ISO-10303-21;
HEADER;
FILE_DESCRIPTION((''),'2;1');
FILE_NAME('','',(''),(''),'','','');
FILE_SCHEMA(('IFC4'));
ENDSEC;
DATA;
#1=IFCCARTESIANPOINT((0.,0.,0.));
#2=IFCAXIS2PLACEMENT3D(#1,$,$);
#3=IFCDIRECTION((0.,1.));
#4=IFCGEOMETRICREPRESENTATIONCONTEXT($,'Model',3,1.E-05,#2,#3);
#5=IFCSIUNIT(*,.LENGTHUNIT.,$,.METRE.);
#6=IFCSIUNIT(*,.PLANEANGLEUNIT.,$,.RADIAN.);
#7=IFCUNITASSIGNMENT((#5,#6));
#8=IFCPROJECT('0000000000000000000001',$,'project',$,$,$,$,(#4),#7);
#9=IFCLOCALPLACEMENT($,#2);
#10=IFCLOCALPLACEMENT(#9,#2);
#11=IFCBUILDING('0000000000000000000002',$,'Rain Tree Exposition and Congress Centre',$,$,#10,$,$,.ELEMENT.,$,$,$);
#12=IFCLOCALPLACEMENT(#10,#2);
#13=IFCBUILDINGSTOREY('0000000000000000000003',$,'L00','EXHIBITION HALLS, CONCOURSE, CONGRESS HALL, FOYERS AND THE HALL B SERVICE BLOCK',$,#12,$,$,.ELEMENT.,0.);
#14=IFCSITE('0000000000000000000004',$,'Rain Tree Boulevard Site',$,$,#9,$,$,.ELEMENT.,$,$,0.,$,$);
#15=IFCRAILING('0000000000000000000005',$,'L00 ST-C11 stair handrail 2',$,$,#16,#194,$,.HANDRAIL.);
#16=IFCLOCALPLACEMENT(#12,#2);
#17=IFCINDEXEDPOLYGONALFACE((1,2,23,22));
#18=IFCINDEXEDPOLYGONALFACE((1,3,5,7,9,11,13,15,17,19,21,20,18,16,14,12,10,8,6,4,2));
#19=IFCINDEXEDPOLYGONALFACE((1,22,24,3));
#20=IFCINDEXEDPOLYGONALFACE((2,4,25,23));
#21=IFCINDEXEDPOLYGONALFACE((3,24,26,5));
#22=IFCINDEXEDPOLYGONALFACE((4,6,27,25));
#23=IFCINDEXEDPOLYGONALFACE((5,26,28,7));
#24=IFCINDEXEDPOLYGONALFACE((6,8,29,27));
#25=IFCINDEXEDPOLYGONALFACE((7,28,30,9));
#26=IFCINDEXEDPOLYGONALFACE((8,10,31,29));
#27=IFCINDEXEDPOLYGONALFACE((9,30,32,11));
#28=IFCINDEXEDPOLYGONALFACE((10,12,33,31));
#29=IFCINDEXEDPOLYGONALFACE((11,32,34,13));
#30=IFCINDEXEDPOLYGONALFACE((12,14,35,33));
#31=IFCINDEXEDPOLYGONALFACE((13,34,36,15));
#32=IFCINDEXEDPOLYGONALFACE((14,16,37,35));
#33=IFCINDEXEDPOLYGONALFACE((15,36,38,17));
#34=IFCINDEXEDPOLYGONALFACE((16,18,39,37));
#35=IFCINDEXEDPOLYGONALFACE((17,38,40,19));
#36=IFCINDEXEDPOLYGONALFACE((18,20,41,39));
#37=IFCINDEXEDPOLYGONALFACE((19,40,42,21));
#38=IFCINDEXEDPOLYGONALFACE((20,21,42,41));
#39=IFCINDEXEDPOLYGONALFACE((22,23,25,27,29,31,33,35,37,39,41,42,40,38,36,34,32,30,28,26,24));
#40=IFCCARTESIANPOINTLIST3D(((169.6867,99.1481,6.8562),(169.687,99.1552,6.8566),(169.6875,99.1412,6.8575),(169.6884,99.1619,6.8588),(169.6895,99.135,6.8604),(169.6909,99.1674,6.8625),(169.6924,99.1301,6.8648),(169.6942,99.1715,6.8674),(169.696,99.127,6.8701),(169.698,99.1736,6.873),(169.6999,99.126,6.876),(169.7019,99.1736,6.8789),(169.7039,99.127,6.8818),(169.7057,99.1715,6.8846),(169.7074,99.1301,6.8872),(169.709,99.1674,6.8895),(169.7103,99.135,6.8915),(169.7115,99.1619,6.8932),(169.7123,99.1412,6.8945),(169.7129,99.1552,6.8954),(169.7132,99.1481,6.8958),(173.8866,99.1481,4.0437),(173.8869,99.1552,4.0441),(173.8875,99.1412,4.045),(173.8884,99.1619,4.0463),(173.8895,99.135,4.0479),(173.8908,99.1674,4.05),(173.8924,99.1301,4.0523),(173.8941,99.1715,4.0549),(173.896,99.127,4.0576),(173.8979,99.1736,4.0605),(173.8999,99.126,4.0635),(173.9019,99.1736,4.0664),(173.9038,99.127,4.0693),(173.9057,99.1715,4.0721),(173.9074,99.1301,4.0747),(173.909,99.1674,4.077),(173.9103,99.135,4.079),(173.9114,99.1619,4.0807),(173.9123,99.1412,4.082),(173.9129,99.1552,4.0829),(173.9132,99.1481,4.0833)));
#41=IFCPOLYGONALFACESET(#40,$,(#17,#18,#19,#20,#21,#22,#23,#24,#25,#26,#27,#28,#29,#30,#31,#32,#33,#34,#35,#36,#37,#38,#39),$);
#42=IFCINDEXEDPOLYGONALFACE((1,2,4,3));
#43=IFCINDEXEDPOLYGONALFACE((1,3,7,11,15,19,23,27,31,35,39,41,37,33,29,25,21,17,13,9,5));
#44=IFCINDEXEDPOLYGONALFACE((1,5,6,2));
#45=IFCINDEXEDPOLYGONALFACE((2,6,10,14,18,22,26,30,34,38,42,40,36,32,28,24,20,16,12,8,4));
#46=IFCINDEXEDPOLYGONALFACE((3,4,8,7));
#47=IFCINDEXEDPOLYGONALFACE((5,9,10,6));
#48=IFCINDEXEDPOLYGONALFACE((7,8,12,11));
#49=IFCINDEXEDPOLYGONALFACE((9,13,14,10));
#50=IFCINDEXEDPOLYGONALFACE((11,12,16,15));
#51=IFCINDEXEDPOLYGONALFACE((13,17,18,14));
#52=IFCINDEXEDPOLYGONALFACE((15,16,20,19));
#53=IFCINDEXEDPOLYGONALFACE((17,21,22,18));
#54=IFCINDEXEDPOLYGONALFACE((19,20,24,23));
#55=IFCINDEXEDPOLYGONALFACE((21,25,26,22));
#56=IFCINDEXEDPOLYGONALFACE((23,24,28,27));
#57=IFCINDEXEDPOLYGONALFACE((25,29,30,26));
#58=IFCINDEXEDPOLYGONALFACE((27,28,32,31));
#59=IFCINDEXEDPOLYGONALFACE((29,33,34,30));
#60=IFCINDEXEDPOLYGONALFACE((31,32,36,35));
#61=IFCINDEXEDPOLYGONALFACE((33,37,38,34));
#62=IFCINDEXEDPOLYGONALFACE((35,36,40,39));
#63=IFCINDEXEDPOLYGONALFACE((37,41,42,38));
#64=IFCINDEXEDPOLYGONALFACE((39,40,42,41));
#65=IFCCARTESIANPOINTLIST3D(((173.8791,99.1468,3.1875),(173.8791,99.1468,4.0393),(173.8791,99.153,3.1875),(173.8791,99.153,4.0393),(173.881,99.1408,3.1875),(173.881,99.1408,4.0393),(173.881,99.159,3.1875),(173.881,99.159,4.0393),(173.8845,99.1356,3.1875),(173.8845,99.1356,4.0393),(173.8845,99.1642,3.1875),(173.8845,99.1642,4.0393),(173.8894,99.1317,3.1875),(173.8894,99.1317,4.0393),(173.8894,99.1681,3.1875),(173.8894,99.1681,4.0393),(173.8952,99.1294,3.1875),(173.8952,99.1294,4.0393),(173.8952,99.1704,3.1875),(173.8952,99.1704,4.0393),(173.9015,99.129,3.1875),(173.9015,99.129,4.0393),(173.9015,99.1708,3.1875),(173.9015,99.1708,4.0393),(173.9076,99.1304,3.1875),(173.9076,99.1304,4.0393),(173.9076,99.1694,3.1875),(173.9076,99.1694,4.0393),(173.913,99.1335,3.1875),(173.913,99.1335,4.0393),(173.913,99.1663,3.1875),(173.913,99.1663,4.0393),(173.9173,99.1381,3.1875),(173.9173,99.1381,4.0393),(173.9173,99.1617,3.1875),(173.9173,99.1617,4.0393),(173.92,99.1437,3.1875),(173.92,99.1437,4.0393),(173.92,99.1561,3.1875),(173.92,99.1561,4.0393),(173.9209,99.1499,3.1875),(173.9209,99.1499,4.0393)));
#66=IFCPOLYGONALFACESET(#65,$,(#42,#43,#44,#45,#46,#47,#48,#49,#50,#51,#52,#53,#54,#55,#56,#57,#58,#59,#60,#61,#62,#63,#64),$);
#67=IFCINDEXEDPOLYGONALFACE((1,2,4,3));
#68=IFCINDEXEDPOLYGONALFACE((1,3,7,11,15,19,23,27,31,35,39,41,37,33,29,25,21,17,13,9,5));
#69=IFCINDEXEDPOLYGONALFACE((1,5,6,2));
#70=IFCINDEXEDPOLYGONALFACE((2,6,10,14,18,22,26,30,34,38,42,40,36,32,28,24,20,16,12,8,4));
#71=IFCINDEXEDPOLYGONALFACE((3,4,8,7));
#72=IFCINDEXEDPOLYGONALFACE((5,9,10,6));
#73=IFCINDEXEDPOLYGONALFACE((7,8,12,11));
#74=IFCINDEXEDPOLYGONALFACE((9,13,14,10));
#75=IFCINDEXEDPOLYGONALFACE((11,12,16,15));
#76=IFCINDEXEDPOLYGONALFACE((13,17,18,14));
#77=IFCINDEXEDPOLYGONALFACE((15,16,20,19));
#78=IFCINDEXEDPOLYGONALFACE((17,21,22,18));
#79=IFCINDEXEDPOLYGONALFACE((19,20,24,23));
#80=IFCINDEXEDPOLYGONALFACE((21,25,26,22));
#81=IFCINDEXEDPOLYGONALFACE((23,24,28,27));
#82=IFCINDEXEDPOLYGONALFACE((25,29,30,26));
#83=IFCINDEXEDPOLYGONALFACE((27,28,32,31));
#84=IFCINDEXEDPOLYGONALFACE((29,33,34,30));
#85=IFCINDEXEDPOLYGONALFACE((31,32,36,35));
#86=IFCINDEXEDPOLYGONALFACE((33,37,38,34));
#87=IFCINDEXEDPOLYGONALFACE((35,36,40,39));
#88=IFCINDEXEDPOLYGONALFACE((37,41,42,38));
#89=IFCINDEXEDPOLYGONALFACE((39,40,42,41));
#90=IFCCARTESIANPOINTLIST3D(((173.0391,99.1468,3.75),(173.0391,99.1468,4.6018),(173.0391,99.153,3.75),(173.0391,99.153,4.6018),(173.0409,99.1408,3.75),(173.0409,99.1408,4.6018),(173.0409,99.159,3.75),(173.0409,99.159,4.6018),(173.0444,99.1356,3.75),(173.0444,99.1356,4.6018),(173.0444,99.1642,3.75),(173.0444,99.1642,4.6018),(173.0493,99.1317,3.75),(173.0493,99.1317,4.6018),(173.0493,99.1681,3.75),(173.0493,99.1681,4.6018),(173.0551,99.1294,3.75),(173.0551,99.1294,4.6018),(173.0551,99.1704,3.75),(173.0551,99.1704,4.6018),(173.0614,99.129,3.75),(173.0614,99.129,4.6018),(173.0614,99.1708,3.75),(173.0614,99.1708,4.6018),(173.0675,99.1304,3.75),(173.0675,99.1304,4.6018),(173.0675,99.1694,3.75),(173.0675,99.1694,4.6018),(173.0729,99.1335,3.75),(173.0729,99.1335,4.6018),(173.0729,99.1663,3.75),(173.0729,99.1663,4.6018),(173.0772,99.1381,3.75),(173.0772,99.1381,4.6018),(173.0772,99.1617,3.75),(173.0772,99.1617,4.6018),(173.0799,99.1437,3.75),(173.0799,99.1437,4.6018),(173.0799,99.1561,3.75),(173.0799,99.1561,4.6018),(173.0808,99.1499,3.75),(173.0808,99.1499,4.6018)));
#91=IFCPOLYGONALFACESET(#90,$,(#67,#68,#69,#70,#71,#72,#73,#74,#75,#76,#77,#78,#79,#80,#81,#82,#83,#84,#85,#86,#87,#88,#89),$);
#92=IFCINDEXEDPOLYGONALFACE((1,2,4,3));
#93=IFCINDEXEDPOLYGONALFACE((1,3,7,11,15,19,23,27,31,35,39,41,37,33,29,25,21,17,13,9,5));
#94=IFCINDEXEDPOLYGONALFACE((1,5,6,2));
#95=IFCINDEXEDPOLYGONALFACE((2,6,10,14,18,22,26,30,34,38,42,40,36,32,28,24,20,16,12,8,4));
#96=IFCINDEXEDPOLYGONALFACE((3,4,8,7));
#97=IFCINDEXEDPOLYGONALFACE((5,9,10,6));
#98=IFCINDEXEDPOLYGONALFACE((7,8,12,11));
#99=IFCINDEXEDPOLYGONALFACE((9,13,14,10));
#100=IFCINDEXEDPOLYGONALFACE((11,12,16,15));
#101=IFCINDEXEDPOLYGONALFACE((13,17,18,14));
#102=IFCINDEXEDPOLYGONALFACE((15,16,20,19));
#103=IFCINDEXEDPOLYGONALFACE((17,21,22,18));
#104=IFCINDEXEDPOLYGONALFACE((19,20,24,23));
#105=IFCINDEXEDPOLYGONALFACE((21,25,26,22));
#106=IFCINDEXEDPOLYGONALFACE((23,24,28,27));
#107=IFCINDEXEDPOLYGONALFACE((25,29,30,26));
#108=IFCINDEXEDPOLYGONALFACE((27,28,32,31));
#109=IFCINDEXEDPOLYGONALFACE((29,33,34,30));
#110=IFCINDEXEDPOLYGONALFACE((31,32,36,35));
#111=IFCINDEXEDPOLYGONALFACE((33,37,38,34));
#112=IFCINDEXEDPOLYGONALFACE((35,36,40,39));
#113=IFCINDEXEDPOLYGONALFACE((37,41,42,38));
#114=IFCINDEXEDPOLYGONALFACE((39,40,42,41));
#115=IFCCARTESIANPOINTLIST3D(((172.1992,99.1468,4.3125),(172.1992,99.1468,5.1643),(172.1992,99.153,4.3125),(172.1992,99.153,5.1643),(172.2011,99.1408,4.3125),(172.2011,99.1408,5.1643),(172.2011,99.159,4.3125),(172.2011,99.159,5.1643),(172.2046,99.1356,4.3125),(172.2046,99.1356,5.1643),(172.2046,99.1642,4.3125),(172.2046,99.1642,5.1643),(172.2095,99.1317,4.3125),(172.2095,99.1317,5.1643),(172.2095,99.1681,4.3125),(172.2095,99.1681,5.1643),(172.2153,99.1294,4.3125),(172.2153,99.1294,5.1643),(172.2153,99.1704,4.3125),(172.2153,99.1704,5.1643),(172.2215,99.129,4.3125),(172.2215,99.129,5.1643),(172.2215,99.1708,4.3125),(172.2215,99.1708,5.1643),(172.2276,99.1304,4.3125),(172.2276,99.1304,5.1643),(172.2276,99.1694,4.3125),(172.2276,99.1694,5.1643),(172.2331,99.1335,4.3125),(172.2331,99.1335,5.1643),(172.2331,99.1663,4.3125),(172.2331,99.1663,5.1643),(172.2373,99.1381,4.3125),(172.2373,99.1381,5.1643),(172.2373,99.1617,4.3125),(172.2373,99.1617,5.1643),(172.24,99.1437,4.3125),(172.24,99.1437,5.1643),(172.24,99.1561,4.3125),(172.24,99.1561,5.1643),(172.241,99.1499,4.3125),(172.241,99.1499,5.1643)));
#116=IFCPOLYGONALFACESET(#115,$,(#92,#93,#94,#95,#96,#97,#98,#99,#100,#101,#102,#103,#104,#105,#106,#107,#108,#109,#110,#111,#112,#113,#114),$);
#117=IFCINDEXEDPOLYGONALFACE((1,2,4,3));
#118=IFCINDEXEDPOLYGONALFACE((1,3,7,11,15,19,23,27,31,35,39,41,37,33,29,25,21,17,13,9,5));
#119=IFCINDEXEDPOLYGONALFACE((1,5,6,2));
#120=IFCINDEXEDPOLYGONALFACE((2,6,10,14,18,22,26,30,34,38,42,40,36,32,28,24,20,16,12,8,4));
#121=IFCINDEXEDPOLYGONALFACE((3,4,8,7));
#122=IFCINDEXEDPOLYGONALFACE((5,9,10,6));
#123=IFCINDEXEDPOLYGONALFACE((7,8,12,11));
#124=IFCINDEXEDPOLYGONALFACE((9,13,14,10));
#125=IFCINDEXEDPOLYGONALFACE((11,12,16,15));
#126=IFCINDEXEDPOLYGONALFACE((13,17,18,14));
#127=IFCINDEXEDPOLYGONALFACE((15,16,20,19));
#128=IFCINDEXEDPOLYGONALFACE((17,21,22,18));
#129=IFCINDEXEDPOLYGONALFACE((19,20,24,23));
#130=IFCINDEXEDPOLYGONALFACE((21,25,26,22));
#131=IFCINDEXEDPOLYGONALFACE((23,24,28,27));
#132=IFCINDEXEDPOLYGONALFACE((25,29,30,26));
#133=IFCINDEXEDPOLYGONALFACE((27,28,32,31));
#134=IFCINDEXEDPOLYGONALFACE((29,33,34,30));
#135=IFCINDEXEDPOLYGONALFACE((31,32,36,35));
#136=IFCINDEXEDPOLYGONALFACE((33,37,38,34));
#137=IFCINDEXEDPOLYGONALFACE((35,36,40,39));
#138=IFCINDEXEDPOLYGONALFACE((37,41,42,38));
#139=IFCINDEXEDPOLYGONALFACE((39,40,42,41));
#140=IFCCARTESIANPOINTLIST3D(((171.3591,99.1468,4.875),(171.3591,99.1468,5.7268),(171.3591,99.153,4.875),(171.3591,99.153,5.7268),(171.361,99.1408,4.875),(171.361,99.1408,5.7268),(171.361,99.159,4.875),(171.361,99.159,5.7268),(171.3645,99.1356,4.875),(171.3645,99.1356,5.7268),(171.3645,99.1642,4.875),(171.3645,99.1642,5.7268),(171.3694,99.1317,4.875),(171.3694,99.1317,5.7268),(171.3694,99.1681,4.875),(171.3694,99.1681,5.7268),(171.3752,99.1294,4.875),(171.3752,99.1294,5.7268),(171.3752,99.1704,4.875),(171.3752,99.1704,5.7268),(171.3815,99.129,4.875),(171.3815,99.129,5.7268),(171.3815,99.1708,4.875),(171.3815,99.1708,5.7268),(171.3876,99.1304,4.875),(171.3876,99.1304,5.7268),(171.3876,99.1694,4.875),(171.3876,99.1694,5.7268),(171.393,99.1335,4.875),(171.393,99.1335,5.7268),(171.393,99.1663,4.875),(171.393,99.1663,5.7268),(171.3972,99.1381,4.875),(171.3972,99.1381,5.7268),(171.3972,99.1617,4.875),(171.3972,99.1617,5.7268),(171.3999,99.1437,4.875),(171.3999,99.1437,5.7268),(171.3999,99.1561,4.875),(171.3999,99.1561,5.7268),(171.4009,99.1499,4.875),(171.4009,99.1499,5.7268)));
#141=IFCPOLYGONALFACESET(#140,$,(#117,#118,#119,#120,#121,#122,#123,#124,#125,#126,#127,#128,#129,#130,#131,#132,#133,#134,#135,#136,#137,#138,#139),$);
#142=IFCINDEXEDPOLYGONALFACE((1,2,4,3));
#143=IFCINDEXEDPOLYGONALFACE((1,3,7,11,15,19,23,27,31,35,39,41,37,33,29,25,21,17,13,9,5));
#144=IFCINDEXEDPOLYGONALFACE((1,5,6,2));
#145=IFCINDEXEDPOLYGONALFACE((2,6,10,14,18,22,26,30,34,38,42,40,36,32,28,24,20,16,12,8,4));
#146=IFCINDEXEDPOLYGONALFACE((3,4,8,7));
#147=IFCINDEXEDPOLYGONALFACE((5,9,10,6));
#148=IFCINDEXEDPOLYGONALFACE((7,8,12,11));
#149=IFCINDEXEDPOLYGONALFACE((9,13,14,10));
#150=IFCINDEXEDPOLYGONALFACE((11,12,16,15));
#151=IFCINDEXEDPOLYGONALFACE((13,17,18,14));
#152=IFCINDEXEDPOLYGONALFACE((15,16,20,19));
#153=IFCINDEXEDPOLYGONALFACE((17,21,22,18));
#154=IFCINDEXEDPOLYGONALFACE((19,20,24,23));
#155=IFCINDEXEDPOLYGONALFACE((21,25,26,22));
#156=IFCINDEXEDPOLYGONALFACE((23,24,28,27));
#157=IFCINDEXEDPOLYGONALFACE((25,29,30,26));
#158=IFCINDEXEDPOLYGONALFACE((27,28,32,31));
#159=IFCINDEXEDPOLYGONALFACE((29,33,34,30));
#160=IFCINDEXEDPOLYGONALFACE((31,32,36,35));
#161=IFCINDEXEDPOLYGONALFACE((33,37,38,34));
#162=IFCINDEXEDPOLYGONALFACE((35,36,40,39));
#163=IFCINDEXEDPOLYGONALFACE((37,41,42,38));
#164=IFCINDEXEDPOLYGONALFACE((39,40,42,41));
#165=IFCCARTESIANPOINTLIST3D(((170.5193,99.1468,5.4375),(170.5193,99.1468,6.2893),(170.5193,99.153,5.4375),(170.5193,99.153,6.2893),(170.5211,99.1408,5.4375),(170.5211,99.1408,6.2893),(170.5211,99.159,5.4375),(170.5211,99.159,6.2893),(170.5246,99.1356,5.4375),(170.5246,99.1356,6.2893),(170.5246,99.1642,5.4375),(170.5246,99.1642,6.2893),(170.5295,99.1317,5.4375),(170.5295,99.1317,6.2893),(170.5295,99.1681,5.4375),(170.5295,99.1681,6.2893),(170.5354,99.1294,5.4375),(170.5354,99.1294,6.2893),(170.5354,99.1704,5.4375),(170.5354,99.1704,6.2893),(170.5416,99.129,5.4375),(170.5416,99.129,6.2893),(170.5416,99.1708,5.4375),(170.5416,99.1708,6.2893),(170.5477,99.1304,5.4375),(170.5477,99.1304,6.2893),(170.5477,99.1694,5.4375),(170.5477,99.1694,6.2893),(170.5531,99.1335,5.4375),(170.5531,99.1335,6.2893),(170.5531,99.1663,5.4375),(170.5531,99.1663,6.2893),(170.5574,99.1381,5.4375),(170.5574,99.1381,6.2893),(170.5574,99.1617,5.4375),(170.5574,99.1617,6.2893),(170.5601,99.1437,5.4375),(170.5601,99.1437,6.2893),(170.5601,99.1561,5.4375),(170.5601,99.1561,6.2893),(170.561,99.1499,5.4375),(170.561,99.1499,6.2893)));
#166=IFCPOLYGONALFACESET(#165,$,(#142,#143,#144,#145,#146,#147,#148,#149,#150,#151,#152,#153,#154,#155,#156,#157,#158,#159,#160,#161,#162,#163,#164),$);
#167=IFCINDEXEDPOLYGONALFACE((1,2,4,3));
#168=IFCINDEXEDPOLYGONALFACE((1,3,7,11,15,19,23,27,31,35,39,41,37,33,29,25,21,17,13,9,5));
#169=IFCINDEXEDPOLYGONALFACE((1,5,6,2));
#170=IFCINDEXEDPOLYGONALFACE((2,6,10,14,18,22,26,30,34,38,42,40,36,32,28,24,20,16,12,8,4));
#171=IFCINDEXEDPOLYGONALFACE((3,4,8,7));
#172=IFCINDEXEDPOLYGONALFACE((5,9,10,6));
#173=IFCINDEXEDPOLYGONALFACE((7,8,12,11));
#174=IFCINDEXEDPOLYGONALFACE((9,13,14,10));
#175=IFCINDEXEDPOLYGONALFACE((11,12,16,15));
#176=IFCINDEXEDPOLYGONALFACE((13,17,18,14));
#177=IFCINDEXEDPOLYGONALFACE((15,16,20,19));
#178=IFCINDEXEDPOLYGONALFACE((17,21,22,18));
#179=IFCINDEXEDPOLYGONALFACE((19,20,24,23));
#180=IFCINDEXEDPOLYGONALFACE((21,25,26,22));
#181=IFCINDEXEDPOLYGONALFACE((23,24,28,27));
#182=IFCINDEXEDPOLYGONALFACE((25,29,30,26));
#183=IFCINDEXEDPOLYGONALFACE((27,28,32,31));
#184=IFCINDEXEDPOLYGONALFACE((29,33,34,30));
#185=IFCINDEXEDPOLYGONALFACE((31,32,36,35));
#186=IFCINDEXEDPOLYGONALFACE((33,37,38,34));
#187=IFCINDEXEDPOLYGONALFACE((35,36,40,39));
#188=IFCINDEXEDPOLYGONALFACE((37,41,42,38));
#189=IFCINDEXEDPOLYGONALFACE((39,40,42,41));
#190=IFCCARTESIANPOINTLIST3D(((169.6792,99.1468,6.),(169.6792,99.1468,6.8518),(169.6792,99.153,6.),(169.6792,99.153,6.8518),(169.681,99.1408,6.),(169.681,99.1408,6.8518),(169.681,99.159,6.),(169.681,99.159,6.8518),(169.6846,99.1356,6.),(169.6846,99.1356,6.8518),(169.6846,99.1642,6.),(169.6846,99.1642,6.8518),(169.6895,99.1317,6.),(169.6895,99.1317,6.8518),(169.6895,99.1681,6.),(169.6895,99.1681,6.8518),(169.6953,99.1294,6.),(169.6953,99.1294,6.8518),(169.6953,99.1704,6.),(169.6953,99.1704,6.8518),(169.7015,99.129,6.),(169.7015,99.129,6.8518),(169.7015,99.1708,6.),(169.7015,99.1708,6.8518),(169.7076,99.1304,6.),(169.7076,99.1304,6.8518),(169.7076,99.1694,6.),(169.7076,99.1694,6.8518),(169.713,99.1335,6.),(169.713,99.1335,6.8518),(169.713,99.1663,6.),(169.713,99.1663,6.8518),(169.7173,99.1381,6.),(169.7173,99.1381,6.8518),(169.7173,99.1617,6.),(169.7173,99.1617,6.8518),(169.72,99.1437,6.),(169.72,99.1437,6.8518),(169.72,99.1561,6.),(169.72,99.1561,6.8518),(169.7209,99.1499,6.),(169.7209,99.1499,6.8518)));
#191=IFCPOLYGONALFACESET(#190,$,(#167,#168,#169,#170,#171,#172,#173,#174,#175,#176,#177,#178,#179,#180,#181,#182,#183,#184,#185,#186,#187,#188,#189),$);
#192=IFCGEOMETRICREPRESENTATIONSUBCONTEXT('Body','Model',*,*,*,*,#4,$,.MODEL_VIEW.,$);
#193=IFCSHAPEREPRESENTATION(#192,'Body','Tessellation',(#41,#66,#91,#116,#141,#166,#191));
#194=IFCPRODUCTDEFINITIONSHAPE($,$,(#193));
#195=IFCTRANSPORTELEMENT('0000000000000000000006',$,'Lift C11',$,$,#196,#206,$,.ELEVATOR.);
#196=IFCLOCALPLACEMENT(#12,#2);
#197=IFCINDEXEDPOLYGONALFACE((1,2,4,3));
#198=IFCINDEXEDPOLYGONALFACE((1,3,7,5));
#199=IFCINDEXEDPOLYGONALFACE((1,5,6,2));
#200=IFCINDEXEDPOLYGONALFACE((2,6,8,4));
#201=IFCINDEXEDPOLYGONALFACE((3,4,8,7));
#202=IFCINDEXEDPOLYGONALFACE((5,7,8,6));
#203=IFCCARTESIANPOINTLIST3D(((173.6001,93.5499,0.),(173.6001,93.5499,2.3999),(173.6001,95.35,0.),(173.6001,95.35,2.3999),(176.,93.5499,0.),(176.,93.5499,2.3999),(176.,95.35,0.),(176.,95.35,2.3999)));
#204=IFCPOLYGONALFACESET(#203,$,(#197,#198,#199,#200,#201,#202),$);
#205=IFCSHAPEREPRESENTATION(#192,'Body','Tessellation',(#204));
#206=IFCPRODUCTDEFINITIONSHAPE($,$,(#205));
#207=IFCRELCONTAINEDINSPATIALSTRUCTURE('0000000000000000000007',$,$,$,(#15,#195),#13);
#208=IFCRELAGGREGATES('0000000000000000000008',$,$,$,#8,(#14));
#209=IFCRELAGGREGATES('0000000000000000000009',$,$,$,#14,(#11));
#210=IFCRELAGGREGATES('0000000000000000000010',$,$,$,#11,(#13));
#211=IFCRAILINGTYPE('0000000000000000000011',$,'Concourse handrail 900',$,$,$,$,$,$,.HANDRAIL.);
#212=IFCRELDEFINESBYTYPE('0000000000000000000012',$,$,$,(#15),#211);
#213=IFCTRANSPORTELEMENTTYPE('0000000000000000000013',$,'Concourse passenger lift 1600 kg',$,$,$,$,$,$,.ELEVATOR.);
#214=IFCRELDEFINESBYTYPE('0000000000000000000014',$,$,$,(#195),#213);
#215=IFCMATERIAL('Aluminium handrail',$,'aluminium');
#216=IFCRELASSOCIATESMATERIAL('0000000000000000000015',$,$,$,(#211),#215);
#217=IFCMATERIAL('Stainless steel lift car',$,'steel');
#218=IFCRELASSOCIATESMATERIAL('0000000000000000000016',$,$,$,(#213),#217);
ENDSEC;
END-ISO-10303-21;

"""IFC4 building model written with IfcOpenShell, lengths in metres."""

from ifc_helpers import new_model, si_unit, direction, frame, origin, origin_2d, place, context, subcontext, project, spatial, rectangle, circle, extrude, material, type_object, element, save


model = new_model("IFC4")

# Units and contexts
model_context = context("Model", 3, precision=1e-05, world=origin(), true_north=direction((0.0, 1.0)))
body_context = subcontext(model_context, "Body", "Model", "MODEL_VIEW")
ifc_project = project(units=[si_unit("LENGTHUNIT", "METRE"), si_unit("PLANEANGLEUNIT", "RADIAN")], contexts=[model_context])

# Site, building, storey
site_placement = place(None, origin())
site = spatial("IfcSite", under=ifc_project, at=site_placement, Name="Rain Tree Boulevard Site", CompositionType="ELEMENT", RefElevation=0.0)
building_placement = place(site_placement, origin())
building = spatial("IfcBuilding", under=site, at=building_placement, Name="Rain Tree Exposition and Congress Centre", CompositionType="ELEMENT")
storey_placement = place(building_placement, origin())
storey = spatial("IfcBuildingStorey", under=building, at=storey_placement, Name="L00", Description="EXHIBITION HALLS, CONCOURSE, CONGRESS HALL, FOYERS AND THE HALL B SERVICE BLOCK", CompositionType="ELEMENT", Elevation=0.0)

# Railing
ifc_material_1 = material(Name="Aluminium handrail", Category="aluminium")
railing_type_1 = type_object("IfcRailingType", Name="Concourse handrail 900", PredefinedType="HANDRAIL", material=ifc_material_1)
railing_1_placement = place(storey_placement, frame((173.8999, 99.1499, 3.1875)))
element("IfcRailing", 1, at=railing_1_placement, inside=storey, type_object=railing_type_1, Name="L00 ST-C11 stair handrail 2", PredefinedType="HANDRAIL", context=body_context, shape_type="SweptSolid", body=[
    extrude(circle(Radius=0.0239, at=origin_2d()), frame((0.0, 0.0, 0.876), z_axis=(-0.830904, 0.0, 0.556416), x_axis=(0.0, -1.0, 0.0)), (0.0, 0.0, 1.0), 5.0547),
    extrude(circle(Radius=0.021, at=origin_2d()), origin(), (0.0, 0.0, 1.0), 0.8518),
    extrude(circle(Radius=0.021, at=origin_2d()), frame((-0.8401, 0.0, 0.5625)), (0.0, 0.0, 1.0), 0.8518),
    extrude(circle(Radius=0.021, at=origin_2d()), frame((-1.6799, 0.0, 1.125)), (0.0, 0.0, 1.0), 0.8518),
    extrude(circle(Radius=0.021, at=origin_2d()), frame((-2.52, 0.0, 1.6875)), (0.0, 0.0, 1.0), 0.8518),
    extrude(circle(Radius=0.021, at=origin_2d()), frame((-3.3599, 0.0, 2.25)), (0.0, 0.0, 1.0), 0.8518),
    extrude(circle(Radius=0.021, at=origin_2d()), frame((-4.2, 0.0, 2.8125)), (0.0, 0.0, 1.0), 0.8518),
])

# Transport element
ifc_material_2 = material(Name="Stainless steel lift car", Category="steel")
transport_element_type = type_object("IfcTransportElementType", Name="Concourse passenger lift 1600 kg", PredefinedType="ELEVATOR", material=ifc_material_2)
transport_element_placement = place(storey_placement, frame((174.8, 94.45, 0.0), z_axis=(0.0, 0.0, 1.0), x_axis=(1.0, 0.0, 0.0)))
element("IfcTransportElement", 2, at=transport_element_placement, inside=storey, type_object=transport_element_type, Name="Lift C11", PredefinedType="ELEVATOR", context=body_context, shape_type="SweptSolid", body=[
    extrude(rectangle(XDim=2.3999, YDim=1.8, at=origin_2d()), origin(), (0.0, 0.0, 1.0), 2.3999),
])

save(model, "model.ifc")
